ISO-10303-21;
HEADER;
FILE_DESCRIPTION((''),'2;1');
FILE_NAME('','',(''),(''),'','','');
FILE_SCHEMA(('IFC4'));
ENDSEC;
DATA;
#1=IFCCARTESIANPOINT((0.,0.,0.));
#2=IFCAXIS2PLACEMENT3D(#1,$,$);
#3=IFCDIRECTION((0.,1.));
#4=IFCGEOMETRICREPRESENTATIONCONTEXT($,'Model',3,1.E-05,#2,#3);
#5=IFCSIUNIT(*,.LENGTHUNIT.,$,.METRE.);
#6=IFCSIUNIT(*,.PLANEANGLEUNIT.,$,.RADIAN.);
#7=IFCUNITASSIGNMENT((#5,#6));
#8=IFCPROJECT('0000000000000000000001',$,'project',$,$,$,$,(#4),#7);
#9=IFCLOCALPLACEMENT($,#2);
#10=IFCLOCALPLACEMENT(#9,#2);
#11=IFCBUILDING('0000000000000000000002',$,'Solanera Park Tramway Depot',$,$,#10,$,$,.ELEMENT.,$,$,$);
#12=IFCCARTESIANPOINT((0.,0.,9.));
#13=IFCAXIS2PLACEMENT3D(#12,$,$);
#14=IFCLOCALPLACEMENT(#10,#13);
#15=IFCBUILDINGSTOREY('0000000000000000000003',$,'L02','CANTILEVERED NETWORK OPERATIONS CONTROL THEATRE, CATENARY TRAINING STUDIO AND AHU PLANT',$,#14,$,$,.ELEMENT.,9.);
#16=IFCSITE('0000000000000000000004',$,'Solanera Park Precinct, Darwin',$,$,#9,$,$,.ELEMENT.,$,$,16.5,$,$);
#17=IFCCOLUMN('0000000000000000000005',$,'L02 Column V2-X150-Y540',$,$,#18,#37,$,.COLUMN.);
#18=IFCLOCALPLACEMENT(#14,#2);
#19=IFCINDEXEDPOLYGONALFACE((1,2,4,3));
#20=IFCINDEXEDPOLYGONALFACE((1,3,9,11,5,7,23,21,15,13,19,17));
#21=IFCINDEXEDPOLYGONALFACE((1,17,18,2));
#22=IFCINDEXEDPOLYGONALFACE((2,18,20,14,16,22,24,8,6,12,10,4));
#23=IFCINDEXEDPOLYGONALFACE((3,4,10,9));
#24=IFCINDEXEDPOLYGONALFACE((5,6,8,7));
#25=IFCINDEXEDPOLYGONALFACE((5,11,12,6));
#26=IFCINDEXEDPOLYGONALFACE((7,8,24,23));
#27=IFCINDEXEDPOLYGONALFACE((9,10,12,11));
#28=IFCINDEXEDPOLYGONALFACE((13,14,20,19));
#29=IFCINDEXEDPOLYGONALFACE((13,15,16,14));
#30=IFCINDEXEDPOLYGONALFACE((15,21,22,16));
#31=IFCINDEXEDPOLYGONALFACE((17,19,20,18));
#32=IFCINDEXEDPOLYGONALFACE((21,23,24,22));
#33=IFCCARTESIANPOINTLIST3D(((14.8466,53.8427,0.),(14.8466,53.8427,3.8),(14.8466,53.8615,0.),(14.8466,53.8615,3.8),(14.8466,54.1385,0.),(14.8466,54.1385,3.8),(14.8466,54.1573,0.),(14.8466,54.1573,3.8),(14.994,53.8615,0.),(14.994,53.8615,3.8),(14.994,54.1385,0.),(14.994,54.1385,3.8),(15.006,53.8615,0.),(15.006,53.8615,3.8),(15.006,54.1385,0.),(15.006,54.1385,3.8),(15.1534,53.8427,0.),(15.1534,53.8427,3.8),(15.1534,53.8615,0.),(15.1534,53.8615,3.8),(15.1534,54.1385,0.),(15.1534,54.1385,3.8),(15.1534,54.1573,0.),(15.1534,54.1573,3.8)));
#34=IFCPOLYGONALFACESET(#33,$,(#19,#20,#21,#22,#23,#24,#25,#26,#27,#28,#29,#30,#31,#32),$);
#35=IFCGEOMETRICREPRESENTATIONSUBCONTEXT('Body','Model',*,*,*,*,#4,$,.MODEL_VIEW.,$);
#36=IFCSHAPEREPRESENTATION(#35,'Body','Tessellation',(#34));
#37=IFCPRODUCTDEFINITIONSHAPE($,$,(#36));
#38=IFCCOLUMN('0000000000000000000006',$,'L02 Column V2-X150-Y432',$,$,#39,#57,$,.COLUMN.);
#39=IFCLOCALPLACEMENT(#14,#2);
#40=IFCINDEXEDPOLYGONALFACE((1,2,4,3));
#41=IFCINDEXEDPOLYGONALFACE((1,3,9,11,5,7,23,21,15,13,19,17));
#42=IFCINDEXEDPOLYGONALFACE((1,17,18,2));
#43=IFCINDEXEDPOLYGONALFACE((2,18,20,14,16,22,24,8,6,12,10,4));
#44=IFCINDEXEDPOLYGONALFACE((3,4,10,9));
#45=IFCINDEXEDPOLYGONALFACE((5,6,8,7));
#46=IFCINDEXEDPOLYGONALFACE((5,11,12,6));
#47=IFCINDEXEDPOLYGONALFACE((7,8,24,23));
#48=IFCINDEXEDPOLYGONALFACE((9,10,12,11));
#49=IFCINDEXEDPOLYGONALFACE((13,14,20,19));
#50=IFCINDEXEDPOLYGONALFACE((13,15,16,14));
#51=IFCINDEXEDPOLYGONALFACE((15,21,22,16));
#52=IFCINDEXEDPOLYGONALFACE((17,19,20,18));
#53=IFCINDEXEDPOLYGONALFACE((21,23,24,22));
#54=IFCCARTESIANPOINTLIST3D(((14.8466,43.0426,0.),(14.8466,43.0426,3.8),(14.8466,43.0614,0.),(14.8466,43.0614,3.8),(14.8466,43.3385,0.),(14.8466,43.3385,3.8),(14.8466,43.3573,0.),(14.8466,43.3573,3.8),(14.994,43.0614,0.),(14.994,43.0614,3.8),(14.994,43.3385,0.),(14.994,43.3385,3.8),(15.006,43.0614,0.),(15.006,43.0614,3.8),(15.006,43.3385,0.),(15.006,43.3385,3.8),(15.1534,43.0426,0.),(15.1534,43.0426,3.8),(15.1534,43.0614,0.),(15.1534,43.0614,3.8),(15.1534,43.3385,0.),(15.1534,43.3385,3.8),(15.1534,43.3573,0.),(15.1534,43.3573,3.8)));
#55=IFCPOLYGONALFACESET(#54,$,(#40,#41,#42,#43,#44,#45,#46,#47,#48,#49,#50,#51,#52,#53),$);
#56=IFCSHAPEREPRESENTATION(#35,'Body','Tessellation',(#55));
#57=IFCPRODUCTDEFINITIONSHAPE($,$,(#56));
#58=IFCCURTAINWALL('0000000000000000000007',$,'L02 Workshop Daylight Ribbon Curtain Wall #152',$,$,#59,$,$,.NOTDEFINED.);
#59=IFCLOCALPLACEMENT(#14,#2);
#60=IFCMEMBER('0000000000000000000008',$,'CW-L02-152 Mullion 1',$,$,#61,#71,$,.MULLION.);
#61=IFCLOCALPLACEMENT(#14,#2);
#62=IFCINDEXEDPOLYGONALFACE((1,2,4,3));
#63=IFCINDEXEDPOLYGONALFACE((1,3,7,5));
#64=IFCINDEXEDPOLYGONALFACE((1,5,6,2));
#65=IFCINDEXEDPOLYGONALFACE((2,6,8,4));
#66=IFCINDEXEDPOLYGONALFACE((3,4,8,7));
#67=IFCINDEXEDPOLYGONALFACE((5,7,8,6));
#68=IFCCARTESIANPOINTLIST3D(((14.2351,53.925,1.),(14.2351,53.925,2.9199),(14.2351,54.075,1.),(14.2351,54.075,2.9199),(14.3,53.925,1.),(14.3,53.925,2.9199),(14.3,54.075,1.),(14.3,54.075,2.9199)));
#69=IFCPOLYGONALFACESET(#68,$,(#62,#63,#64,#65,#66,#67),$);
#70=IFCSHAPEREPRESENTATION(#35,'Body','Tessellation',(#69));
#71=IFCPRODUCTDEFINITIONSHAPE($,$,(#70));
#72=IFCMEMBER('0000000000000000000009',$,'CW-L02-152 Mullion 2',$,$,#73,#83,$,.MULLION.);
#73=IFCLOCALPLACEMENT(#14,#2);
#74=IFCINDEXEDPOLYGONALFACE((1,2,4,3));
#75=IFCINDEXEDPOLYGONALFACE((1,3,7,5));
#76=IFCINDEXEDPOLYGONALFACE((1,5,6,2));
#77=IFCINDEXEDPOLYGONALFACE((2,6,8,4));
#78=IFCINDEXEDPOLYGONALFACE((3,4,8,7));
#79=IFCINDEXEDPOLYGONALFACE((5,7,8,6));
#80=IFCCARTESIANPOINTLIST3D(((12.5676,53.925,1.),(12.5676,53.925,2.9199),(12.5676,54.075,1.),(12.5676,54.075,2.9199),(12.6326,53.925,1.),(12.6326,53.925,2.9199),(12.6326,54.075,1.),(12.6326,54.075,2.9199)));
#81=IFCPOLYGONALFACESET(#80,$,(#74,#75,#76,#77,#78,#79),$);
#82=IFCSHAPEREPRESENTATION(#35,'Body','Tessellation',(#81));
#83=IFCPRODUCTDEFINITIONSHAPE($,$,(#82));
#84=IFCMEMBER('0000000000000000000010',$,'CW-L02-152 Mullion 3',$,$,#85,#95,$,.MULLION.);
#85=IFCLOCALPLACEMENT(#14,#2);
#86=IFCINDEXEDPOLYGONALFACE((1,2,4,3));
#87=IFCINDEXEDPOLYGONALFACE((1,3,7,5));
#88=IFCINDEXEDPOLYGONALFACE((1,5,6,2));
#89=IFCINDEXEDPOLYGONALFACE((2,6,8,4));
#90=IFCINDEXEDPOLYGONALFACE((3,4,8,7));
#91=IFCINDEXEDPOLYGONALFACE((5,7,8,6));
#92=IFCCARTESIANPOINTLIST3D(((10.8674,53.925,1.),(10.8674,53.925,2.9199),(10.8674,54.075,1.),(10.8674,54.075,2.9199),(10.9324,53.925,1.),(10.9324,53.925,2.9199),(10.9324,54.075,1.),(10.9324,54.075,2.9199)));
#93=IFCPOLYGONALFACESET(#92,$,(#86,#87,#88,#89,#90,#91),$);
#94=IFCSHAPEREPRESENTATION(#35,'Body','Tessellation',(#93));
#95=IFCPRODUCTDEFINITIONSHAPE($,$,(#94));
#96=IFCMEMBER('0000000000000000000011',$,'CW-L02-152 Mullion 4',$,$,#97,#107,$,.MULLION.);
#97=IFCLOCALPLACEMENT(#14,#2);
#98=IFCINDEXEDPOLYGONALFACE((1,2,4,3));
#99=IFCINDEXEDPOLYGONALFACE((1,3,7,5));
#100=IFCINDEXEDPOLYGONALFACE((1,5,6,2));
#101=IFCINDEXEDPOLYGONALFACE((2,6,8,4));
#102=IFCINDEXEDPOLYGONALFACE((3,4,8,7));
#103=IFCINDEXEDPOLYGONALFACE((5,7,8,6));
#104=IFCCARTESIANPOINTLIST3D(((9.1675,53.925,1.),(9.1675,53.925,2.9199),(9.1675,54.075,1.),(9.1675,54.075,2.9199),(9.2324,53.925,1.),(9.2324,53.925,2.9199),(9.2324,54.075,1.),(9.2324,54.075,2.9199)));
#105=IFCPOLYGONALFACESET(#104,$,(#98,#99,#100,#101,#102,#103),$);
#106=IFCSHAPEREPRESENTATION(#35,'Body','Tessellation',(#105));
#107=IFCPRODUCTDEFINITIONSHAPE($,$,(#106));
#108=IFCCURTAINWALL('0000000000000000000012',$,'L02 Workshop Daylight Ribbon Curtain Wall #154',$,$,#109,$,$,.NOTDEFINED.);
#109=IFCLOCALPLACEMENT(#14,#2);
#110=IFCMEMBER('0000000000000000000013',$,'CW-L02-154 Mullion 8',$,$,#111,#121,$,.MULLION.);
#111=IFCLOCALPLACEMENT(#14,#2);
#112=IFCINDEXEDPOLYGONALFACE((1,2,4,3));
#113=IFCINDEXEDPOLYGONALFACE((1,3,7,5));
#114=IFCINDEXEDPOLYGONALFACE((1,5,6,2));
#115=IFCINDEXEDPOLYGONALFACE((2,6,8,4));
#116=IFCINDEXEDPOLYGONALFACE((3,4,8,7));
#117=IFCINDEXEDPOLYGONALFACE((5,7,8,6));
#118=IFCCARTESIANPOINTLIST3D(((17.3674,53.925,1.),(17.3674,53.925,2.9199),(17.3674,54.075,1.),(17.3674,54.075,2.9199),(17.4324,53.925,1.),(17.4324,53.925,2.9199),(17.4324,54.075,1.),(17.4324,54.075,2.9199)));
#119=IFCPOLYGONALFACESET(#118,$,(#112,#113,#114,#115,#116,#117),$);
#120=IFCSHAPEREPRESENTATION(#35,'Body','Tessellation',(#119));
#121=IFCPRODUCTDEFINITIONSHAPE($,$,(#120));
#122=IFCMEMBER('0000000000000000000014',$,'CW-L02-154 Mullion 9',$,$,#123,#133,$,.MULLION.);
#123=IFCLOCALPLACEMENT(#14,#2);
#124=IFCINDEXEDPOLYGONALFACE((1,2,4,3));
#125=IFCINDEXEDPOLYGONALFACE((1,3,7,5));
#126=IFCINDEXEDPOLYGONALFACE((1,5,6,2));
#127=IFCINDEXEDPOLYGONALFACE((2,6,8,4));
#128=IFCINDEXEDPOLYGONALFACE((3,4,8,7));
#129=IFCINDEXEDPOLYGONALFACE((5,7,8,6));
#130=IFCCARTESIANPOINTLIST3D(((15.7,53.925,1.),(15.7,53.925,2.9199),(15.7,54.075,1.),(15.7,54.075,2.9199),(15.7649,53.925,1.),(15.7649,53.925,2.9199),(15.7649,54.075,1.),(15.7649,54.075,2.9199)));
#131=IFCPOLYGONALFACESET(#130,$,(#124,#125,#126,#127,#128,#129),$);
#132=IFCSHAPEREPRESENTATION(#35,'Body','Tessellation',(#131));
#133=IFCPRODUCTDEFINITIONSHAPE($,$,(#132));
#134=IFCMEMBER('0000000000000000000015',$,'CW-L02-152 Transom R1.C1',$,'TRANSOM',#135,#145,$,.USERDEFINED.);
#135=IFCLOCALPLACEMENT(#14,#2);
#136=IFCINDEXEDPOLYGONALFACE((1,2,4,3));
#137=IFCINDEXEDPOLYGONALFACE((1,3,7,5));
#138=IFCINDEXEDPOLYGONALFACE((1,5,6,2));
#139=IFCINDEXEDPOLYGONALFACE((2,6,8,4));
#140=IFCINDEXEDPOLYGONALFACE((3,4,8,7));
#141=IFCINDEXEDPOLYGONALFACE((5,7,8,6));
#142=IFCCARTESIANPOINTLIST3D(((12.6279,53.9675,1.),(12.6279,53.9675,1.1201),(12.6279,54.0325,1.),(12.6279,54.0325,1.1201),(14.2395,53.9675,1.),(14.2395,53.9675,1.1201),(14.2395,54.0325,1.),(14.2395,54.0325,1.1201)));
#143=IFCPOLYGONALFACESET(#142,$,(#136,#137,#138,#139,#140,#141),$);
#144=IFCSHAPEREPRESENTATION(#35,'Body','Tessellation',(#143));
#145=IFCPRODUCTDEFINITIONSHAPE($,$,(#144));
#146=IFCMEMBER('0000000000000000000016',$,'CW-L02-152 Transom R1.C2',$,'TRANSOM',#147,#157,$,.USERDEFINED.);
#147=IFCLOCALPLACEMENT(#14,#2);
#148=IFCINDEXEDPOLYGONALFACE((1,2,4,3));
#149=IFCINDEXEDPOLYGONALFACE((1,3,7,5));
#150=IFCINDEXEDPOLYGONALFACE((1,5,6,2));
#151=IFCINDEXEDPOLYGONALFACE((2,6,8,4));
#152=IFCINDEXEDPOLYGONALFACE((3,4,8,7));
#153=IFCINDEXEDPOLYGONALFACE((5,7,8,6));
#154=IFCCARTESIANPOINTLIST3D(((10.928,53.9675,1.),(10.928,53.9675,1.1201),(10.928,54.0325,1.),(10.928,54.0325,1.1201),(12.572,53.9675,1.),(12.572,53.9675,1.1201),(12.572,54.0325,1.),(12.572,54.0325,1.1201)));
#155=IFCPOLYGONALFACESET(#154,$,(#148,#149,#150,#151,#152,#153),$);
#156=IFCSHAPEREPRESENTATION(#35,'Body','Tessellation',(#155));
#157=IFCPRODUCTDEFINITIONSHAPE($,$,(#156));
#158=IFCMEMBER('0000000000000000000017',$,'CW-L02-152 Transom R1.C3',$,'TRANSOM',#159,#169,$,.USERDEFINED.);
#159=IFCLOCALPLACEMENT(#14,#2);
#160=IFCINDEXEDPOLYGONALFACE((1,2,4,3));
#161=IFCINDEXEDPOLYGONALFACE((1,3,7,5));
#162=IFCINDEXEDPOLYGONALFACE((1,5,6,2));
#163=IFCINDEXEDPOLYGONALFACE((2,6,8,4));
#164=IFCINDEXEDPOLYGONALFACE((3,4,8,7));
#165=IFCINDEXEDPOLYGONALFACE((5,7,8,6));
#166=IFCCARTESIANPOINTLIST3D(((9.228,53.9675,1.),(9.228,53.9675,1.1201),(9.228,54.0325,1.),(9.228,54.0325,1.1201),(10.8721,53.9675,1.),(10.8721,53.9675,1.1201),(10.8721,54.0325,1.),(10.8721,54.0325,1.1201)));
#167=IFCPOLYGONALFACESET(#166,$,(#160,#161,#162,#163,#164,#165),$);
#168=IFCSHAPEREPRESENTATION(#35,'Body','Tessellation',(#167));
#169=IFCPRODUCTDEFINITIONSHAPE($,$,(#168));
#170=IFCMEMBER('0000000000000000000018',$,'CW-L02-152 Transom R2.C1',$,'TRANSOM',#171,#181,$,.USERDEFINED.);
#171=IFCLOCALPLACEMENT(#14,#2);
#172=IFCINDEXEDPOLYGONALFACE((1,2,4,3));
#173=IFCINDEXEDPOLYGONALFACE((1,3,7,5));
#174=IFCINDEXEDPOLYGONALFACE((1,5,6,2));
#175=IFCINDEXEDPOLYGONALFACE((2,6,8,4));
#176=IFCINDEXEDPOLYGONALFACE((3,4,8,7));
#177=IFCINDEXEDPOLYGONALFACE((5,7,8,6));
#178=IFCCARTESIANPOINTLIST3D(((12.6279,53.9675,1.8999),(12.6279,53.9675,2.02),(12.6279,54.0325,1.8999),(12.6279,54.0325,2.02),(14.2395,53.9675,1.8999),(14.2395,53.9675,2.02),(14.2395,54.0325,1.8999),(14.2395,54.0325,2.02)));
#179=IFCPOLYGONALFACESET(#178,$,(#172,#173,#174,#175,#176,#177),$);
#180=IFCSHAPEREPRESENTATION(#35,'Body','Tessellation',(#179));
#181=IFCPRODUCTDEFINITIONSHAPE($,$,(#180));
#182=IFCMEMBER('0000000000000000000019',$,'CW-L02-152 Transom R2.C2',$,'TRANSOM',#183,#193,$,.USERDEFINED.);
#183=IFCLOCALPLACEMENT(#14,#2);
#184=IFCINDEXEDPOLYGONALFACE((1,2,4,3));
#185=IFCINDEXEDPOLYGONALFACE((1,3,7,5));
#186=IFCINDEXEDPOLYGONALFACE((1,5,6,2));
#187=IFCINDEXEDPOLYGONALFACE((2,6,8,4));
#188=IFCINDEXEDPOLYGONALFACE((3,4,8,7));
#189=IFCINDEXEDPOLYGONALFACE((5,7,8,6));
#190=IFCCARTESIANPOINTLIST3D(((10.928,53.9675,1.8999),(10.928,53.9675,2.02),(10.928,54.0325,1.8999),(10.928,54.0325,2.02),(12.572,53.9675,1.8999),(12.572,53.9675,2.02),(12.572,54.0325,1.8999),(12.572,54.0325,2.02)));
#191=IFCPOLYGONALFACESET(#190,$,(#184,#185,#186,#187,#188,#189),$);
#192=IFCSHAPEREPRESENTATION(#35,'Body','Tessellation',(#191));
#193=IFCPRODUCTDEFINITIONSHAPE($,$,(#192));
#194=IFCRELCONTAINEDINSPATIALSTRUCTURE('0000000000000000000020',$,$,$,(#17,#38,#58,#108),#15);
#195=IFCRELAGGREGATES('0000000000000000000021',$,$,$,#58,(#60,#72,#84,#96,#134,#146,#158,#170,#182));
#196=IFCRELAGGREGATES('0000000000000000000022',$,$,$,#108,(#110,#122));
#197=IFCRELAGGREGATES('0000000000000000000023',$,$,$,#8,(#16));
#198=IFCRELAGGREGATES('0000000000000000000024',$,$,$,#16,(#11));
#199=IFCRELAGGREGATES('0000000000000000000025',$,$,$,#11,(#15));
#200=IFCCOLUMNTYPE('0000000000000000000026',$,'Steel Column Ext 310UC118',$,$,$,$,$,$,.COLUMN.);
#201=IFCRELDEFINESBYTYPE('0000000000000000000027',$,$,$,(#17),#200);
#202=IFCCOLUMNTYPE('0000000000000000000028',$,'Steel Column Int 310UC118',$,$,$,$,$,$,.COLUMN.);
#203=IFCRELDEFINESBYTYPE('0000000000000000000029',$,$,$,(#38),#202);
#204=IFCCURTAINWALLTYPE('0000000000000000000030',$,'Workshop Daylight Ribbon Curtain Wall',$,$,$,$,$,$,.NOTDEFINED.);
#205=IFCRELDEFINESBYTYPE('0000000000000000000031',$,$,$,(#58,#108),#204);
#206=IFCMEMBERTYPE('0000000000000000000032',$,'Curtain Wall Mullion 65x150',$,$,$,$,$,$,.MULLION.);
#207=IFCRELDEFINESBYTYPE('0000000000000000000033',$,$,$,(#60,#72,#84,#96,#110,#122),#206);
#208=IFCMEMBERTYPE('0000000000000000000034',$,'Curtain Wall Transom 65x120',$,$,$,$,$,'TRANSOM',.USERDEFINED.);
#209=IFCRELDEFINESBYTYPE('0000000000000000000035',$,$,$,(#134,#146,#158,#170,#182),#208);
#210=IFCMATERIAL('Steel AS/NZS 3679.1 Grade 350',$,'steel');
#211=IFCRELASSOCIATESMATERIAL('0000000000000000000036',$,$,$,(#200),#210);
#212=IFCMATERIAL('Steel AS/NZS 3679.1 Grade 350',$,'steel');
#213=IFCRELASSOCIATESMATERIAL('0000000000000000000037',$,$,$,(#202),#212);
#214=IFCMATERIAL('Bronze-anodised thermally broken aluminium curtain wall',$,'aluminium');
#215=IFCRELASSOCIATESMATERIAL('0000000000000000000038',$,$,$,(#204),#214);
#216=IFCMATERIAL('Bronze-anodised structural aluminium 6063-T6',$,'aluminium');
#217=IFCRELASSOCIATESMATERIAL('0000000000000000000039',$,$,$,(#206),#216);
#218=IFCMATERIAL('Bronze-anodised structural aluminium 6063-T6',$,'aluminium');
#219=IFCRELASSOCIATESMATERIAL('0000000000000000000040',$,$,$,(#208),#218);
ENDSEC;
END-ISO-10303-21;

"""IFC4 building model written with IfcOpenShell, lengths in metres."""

from ifc_helpers import new_model, si_unit, direction, frame, origin, origin_2d, place, context, subcontext, project, spatial, rectangle, i_section, extrude, material, material_profile, profile_set, type_object, element, aggregate, save


model = new_model("IFC4")

# Units and contexts
model_context = context("Model", 3, precision=1e-05, world=origin(), true_north=direction((0.0, 1.0)))
body_context = subcontext(model_context, "Body", "Model", "MODEL_VIEW")
ifc_project = project(units=[si_unit("LENGTHUNIT", "METRE"), si_unit("PLANEANGLEUNIT", "RADIAN")], contexts=[model_context])

# Site, building, storey
site_placement = place(None, origin())
site = spatial("IfcSite", under=ifc_project, at=site_placement, Name="Solanera Park Precinct, Darwin", CompositionType="ELEMENT", RefElevation=16.5)
building_placement = place(site_placement, origin())
building = spatial("IfcBuilding", under=site, at=building_placement, Name="Solanera Park Tramway Depot", CompositionType="ELEMENT")
storey_placement = place(building_placement, frame((0.0, 0.0, 9.0)))
storey = spatial("IfcBuildingStorey", under=building, at=storey_placement, Name="L02", Description="CANTILEVERED NETWORK OPERATIONS CONTROL THEATRE, CATENARY TRAINING STUDIO AND AHU PLANT", CompositionType="ELEMENT", Elevation=9.0)

# Columns
ifc_material_1 = material(Name="Steel AS/NZS 3679.1 Grade 350", Category="steel")
ifc_material_profile_1 = material_profile(ifc_material_1, i_section(OverallWidth=0.3069, OverallDepth=0.3147, WebThickness=0.012, FlangeThickness=0.0188, at=origin_2d()), Name="310UC118")
ifc_profile_set_1 = profile_set([ifc_material_profile_1], Name="Steel AS/NZS 3679.1 Grade 350")
column_type_1 = type_object("IfcColumnType", Name="Steel Column Ext 310UC118", PredefinedType="COLUMN", material=ifc_profile_set_1)
column_1_placement = place(storey_placement, frame((15.0, 54.0, 0.0), z_axis=(0.0, 0.0, 1.0), x_axis=(1.0, 0.0, 0.0)))
element("IfcColumn", 1, at=column_1_placement, inside=storey, type_object=column_type_1, Name="L02 Column V2-X150-Y540", PredefinedType="COLUMN", context=body_context, shape_type="SweptSolid", body=[
    extrude(i_section(OverallWidth=0.3069, OverallDepth=0.3147, WebThickness=0.012, FlangeThickness=0.0188, at=origin_2d()), origin(), (0.0, 0.0, 1.0), 3.8),
])
ifc_material_2 = material(Name="Steel AS/NZS 3679.1 Grade 350", Category="steel")
ifc_material_profile_2 = material_profile(ifc_material_2, i_section(OverallWidth=0.3069, OverallDepth=0.3147, WebThickness=0.012, FlangeThickness=0.0188, at=origin_2d()), Name="310UC118")
ifc_profile_set_2 = profile_set([ifc_material_profile_2], Name="Steel AS/NZS 3679.1 Grade 350")
column_type_2 = type_object("IfcColumnType", Name="Steel Column Int 310UC118", PredefinedType="COLUMN", material=ifc_profile_set_2)
column_2_placement = place(storey_placement, frame((15.0, 43.2, 0.0), z_axis=(0.0, 0.0, 1.0), x_axis=(1.0, 0.0, 0.0)))
element("IfcColumn", 2, at=column_2_placement, inside=storey, type_object=column_type_2, Name="L02 Column V2-X150-Y432", PredefinedType="COLUMN", context=body_context, shape_type="SweptSolid", body=[
    extrude(i_section(OverallWidth=0.3069, OverallDepth=0.3147, WebThickness=0.012, FlangeThickness=0.0188, at=origin_2d()), origin(), (0.0, 0.0, 1.0), 3.8),
])

# Curtain walls, members
ifc_material_3 = material(Name="Bronze-anodised thermally broken aluminium curtain wall", Category="aluminium")
curtain_wall_type = type_object("IfcCurtainWallType", Name="Workshop Daylight Ribbon Curtain Wall", PredefinedType="NOTDEFINED", material=ifc_material_3)
curtain_wall_1_placement = place(storey_placement, origin())
curtain_wall_1 = element("IfcCurtainWall", 3, at=curtain_wall_1_placement, inside=storey, type_object=curtain_wall_type, Name="L02 Workshop Daylight Ribbon Curtain Wall #152", PredefinedType="NOTDEFINED")
ifc_material_4 = material(Name="Bronze-anodised structural aluminium 6063-T6", Category="aluminium")
ifc_material_profile_3 = material_profile(ifc_material_4, rectangle(XDim=0.0649, YDim=0.1499, at=origin_2d()), Name="Curtain Wall Mullion 65x150")
ifc_profile_set_3 = profile_set([ifc_material_profile_3], Name="Bronze-anodised structural aluminium 6063-T6")
member_type_1 = type_object("IfcMemberType", Name="Curtain Wall Mullion 65x150", PredefinedType="MULLION", material=ifc_profile_set_3)
member_1_placement = place(storey_placement, frame((14.2676, 54.0, 1.0), z_axis=(0.0, 0.0, 1.0), x_axis=(1.0, 0.0, 0.0)))
member_1 = element("IfcMember", 4, at=member_1_placement, type_object=member_type_1, Name="CW-L02-152 Mullion 1", PredefinedType="MULLION", context=body_context, shape_type="SweptSolid", body=[
    extrude(rectangle(XDim=0.0649, YDim=0.1499, at=origin_2d()), origin(), (0.0, 0.0, 1.0), 1.9199),
])
member_2_placement = place(storey_placement, frame((12.6001, 54.0, 1.0), z_axis=(0.0, 0.0, 1.0), x_axis=(1.0, 0.0, 0.0)))
member_2 = element("IfcMember", 5, at=member_2_placement, type_object=member_type_1, Name="CW-L02-152 Mullion 2", PredefinedType="MULLION", context=body_context, shape_type="SweptSolid", body=[
    extrude(rectangle(XDim=0.0649, YDim=0.1499, at=origin_2d()), origin(), (0.0, 0.0, 1.0), 1.9199),
])
member_3_placement = place(storey_placement, frame((10.8999, 54.0, 1.0), z_axis=(0.0, 0.0, 1.0), x_axis=(1.0, 0.0, 0.0)))
member_3 = element("IfcMember", 6, at=member_3_placement, type_object=member_type_1, Name="CW-L02-152 Mullion 3", PredefinedType="MULLION", context=body_context, shape_type="SweptSolid", body=[
    extrude(rectangle(XDim=0.0649, YDim=0.1499, at=origin_2d()), origin(), (0.0, 0.0, 1.0), 1.9199),
])
member_4_placement = place(storey_placement, frame((9.2, 54.0, 1.0), z_axis=(0.0, 0.0, 1.0), x_axis=(1.0, 0.0, 0.0)))
member_4 = element("IfcMember", 7, at=member_4_placement, type_object=member_type_1, Name="CW-L02-152 Mullion 4", PredefinedType="MULLION", context=body_context, shape_type="SweptSolid", body=[
    extrude(rectangle(XDim=0.0649, YDim=0.1499, at=origin_2d()), origin(), (0.0, 0.0, 1.0), 1.9199),
])
curtain_wall_2_placement = place(storey_placement, origin())
curtain_wall_2 = element("IfcCurtainWall", 8, at=curtain_wall_2_placement, inside=storey, type_object=curtain_wall_type, Name="L02 Workshop Daylight Ribbon Curtain Wall #154", PredefinedType="NOTDEFINED")
member_5_placement = place(storey_placement, frame((17.3999, 54.0, 1.0), z_axis=(0.0, 0.0, 1.0), x_axis=(1.0, 0.0, 0.0)))
member_5 = element("IfcMember", 9, at=member_5_placement, type_object=member_type_1, Name="CW-L02-154 Mullion 8", PredefinedType="MULLION", context=body_context, shape_type="SweptSolid", body=[
    extrude(rectangle(XDim=0.0649, YDim=0.1499, at=origin_2d()), origin(), (0.0, 0.0, 1.0), 1.9199),
])
member_6_placement = place(storey_placement, frame((15.7324, 54.0, 1.0), z_axis=(0.0, 0.0, 1.0), x_axis=(1.0, 0.0, 0.0)))
member_6 = element("IfcMember", 10, at=member_6_placement, type_object=member_type_1, Name="CW-L02-154 Mullion 9", PredefinedType="MULLION", context=body_context, shape_type="SweptSolid", body=[
    extrude(rectangle(XDim=0.0649, YDim=0.1499, at=origin_2d()), origin(), (0.0, 0.0, 1.0), 1.9199),
])

# Members
ifc_material_5 = material(Name="Bronze-anodised structural aluminium 6063-T6", Category="aluminium")
ifc_material_profile_4 = material_profile(ifc_material_5, rectangle(XDim=0.0649, YDim=0.1201, at=origin_2d()), Name="Curtain Wall Transom 65x120")
ifc_profile_set_4 = profile_set([ifc_material_profile_4], Name="Bronze-anodised structural aluminium 6063-T6")
member_type_2 = type_object("IfcMemberType", Name="Curtain Wall Transom 65x120", ElementType="TRANSOM", PredefinedType="USERDEFINED", material=ifc_profile_set_4)
member_7_placement = place(storey_placement, frame((14.2395, 54.0, 1.0601), z_axis=(-1.0, 0.0, 0.0), x_axis=(0.0, -1.0, 0.0)))
member_7 = element("IfcMember", 11, at=member_7_placement, type_object=member_type_2, Name="CW-L02-152 Transom R1.C1", ObjectType="TRANSOM", PredefinedType="USERDEFINED", context=body_context, shape_type="SweptSolid", body=[
    extrude(rectangle(XDim=0.0649, YDim=0.1201, at=origin_2d()), origin(), (0.0, 0.0, 1.0), 1.6116),
])
member_8_placement = place(storey_placement, frame((12.572, 54.0, 1.0601), z_axis=(-1.0, 0.0, 0.0), x_axis=(0.0, -1.0, 0.0)))
member_8 = element("IfcMember", 12, at=member_8_placement, type_object=member_type_2, Name="CW-L02-152 Transom R1.C2", ObjectType="TRANSOM", PredefinedType="USERDEFINED", context=body_context, shape_type="SweptSolid", body=[
    extrude(rectangle(XDim=0.0649, YDim=0.1201, at=origin_2d()), origin(), (0.0, 0.0, 1.0), 1.644),
])
member_9_placement = place(storey_placement, frame((10.8721, 54.0, 1.0601), z_axis=(-1.0, 0.0, 0.0), x_axis=(0.0, -1.0, 0.0)))
member_9 = element("IfcMember", 13, at=member_9_placement, type_object=member_type_2, Name="CW-L02-152 Transom R1.C3", ObjectType="TRANSOM", PredefinedType="USERDEFINED", context=body_context, shape_type="SweptSolid", body=[
    extrude(rectangle(XDim=0.0649, YDim=0.1201, at=origin_2d()), origin(), (0.0, 0.0, 1.0), 1.644),
])
member_10_placement = place(storey_placement, frame((14.2395, 54.0, 1.96), z_axis=(-1.0, 0.0, 0.0), x_axis=(0.0, -1.0, 0.0)))
member_10 = element("IfcMember", 14, at=member_10_placement, type_object=member_type_2, Name="CW-L02-152 Transom R2.C1", ObjectType="TRANSOM", PredefinedType="USERDEFINED", context=body_context, shape_type="SweptSolid", body=[
    extrude(rectangle(XDim=0.0649, YDim=0.1201, at=origin_2d()), origin(), (0.0, 0.0, 1.0), 1.6116),
])
member_11_placement = place(storey_placement, frame((12.572, 54.0, 1.96), z_axis=(-1.0, 0.0, 0.0), x_axis=(0.0, -1.0, 0.0)))
member_11 = element("IfcMember", 15, at=member_11_placement, type_object=member_type_2, Name="CW-L02-152 Transom R2.C2", ObjectType="TRANSOM", PredefinedType="USERDEFINED", context=body_context, shape_type="SweptSolid", body=[
    extrude(rectangle(XDim=0.0649, YDim=0.1201, at=origin_2d()), origin(), (0.0, 0.0, 1.0), 1.644),
])

aggregate(curtain_wall_1, [member_1, member_2, member_3, member_4, member_7, member_8, member_9, member_10, member_11])
aggregate(curtain_wall_2, [member_5, member_6])

save(model, "model.ifc")
